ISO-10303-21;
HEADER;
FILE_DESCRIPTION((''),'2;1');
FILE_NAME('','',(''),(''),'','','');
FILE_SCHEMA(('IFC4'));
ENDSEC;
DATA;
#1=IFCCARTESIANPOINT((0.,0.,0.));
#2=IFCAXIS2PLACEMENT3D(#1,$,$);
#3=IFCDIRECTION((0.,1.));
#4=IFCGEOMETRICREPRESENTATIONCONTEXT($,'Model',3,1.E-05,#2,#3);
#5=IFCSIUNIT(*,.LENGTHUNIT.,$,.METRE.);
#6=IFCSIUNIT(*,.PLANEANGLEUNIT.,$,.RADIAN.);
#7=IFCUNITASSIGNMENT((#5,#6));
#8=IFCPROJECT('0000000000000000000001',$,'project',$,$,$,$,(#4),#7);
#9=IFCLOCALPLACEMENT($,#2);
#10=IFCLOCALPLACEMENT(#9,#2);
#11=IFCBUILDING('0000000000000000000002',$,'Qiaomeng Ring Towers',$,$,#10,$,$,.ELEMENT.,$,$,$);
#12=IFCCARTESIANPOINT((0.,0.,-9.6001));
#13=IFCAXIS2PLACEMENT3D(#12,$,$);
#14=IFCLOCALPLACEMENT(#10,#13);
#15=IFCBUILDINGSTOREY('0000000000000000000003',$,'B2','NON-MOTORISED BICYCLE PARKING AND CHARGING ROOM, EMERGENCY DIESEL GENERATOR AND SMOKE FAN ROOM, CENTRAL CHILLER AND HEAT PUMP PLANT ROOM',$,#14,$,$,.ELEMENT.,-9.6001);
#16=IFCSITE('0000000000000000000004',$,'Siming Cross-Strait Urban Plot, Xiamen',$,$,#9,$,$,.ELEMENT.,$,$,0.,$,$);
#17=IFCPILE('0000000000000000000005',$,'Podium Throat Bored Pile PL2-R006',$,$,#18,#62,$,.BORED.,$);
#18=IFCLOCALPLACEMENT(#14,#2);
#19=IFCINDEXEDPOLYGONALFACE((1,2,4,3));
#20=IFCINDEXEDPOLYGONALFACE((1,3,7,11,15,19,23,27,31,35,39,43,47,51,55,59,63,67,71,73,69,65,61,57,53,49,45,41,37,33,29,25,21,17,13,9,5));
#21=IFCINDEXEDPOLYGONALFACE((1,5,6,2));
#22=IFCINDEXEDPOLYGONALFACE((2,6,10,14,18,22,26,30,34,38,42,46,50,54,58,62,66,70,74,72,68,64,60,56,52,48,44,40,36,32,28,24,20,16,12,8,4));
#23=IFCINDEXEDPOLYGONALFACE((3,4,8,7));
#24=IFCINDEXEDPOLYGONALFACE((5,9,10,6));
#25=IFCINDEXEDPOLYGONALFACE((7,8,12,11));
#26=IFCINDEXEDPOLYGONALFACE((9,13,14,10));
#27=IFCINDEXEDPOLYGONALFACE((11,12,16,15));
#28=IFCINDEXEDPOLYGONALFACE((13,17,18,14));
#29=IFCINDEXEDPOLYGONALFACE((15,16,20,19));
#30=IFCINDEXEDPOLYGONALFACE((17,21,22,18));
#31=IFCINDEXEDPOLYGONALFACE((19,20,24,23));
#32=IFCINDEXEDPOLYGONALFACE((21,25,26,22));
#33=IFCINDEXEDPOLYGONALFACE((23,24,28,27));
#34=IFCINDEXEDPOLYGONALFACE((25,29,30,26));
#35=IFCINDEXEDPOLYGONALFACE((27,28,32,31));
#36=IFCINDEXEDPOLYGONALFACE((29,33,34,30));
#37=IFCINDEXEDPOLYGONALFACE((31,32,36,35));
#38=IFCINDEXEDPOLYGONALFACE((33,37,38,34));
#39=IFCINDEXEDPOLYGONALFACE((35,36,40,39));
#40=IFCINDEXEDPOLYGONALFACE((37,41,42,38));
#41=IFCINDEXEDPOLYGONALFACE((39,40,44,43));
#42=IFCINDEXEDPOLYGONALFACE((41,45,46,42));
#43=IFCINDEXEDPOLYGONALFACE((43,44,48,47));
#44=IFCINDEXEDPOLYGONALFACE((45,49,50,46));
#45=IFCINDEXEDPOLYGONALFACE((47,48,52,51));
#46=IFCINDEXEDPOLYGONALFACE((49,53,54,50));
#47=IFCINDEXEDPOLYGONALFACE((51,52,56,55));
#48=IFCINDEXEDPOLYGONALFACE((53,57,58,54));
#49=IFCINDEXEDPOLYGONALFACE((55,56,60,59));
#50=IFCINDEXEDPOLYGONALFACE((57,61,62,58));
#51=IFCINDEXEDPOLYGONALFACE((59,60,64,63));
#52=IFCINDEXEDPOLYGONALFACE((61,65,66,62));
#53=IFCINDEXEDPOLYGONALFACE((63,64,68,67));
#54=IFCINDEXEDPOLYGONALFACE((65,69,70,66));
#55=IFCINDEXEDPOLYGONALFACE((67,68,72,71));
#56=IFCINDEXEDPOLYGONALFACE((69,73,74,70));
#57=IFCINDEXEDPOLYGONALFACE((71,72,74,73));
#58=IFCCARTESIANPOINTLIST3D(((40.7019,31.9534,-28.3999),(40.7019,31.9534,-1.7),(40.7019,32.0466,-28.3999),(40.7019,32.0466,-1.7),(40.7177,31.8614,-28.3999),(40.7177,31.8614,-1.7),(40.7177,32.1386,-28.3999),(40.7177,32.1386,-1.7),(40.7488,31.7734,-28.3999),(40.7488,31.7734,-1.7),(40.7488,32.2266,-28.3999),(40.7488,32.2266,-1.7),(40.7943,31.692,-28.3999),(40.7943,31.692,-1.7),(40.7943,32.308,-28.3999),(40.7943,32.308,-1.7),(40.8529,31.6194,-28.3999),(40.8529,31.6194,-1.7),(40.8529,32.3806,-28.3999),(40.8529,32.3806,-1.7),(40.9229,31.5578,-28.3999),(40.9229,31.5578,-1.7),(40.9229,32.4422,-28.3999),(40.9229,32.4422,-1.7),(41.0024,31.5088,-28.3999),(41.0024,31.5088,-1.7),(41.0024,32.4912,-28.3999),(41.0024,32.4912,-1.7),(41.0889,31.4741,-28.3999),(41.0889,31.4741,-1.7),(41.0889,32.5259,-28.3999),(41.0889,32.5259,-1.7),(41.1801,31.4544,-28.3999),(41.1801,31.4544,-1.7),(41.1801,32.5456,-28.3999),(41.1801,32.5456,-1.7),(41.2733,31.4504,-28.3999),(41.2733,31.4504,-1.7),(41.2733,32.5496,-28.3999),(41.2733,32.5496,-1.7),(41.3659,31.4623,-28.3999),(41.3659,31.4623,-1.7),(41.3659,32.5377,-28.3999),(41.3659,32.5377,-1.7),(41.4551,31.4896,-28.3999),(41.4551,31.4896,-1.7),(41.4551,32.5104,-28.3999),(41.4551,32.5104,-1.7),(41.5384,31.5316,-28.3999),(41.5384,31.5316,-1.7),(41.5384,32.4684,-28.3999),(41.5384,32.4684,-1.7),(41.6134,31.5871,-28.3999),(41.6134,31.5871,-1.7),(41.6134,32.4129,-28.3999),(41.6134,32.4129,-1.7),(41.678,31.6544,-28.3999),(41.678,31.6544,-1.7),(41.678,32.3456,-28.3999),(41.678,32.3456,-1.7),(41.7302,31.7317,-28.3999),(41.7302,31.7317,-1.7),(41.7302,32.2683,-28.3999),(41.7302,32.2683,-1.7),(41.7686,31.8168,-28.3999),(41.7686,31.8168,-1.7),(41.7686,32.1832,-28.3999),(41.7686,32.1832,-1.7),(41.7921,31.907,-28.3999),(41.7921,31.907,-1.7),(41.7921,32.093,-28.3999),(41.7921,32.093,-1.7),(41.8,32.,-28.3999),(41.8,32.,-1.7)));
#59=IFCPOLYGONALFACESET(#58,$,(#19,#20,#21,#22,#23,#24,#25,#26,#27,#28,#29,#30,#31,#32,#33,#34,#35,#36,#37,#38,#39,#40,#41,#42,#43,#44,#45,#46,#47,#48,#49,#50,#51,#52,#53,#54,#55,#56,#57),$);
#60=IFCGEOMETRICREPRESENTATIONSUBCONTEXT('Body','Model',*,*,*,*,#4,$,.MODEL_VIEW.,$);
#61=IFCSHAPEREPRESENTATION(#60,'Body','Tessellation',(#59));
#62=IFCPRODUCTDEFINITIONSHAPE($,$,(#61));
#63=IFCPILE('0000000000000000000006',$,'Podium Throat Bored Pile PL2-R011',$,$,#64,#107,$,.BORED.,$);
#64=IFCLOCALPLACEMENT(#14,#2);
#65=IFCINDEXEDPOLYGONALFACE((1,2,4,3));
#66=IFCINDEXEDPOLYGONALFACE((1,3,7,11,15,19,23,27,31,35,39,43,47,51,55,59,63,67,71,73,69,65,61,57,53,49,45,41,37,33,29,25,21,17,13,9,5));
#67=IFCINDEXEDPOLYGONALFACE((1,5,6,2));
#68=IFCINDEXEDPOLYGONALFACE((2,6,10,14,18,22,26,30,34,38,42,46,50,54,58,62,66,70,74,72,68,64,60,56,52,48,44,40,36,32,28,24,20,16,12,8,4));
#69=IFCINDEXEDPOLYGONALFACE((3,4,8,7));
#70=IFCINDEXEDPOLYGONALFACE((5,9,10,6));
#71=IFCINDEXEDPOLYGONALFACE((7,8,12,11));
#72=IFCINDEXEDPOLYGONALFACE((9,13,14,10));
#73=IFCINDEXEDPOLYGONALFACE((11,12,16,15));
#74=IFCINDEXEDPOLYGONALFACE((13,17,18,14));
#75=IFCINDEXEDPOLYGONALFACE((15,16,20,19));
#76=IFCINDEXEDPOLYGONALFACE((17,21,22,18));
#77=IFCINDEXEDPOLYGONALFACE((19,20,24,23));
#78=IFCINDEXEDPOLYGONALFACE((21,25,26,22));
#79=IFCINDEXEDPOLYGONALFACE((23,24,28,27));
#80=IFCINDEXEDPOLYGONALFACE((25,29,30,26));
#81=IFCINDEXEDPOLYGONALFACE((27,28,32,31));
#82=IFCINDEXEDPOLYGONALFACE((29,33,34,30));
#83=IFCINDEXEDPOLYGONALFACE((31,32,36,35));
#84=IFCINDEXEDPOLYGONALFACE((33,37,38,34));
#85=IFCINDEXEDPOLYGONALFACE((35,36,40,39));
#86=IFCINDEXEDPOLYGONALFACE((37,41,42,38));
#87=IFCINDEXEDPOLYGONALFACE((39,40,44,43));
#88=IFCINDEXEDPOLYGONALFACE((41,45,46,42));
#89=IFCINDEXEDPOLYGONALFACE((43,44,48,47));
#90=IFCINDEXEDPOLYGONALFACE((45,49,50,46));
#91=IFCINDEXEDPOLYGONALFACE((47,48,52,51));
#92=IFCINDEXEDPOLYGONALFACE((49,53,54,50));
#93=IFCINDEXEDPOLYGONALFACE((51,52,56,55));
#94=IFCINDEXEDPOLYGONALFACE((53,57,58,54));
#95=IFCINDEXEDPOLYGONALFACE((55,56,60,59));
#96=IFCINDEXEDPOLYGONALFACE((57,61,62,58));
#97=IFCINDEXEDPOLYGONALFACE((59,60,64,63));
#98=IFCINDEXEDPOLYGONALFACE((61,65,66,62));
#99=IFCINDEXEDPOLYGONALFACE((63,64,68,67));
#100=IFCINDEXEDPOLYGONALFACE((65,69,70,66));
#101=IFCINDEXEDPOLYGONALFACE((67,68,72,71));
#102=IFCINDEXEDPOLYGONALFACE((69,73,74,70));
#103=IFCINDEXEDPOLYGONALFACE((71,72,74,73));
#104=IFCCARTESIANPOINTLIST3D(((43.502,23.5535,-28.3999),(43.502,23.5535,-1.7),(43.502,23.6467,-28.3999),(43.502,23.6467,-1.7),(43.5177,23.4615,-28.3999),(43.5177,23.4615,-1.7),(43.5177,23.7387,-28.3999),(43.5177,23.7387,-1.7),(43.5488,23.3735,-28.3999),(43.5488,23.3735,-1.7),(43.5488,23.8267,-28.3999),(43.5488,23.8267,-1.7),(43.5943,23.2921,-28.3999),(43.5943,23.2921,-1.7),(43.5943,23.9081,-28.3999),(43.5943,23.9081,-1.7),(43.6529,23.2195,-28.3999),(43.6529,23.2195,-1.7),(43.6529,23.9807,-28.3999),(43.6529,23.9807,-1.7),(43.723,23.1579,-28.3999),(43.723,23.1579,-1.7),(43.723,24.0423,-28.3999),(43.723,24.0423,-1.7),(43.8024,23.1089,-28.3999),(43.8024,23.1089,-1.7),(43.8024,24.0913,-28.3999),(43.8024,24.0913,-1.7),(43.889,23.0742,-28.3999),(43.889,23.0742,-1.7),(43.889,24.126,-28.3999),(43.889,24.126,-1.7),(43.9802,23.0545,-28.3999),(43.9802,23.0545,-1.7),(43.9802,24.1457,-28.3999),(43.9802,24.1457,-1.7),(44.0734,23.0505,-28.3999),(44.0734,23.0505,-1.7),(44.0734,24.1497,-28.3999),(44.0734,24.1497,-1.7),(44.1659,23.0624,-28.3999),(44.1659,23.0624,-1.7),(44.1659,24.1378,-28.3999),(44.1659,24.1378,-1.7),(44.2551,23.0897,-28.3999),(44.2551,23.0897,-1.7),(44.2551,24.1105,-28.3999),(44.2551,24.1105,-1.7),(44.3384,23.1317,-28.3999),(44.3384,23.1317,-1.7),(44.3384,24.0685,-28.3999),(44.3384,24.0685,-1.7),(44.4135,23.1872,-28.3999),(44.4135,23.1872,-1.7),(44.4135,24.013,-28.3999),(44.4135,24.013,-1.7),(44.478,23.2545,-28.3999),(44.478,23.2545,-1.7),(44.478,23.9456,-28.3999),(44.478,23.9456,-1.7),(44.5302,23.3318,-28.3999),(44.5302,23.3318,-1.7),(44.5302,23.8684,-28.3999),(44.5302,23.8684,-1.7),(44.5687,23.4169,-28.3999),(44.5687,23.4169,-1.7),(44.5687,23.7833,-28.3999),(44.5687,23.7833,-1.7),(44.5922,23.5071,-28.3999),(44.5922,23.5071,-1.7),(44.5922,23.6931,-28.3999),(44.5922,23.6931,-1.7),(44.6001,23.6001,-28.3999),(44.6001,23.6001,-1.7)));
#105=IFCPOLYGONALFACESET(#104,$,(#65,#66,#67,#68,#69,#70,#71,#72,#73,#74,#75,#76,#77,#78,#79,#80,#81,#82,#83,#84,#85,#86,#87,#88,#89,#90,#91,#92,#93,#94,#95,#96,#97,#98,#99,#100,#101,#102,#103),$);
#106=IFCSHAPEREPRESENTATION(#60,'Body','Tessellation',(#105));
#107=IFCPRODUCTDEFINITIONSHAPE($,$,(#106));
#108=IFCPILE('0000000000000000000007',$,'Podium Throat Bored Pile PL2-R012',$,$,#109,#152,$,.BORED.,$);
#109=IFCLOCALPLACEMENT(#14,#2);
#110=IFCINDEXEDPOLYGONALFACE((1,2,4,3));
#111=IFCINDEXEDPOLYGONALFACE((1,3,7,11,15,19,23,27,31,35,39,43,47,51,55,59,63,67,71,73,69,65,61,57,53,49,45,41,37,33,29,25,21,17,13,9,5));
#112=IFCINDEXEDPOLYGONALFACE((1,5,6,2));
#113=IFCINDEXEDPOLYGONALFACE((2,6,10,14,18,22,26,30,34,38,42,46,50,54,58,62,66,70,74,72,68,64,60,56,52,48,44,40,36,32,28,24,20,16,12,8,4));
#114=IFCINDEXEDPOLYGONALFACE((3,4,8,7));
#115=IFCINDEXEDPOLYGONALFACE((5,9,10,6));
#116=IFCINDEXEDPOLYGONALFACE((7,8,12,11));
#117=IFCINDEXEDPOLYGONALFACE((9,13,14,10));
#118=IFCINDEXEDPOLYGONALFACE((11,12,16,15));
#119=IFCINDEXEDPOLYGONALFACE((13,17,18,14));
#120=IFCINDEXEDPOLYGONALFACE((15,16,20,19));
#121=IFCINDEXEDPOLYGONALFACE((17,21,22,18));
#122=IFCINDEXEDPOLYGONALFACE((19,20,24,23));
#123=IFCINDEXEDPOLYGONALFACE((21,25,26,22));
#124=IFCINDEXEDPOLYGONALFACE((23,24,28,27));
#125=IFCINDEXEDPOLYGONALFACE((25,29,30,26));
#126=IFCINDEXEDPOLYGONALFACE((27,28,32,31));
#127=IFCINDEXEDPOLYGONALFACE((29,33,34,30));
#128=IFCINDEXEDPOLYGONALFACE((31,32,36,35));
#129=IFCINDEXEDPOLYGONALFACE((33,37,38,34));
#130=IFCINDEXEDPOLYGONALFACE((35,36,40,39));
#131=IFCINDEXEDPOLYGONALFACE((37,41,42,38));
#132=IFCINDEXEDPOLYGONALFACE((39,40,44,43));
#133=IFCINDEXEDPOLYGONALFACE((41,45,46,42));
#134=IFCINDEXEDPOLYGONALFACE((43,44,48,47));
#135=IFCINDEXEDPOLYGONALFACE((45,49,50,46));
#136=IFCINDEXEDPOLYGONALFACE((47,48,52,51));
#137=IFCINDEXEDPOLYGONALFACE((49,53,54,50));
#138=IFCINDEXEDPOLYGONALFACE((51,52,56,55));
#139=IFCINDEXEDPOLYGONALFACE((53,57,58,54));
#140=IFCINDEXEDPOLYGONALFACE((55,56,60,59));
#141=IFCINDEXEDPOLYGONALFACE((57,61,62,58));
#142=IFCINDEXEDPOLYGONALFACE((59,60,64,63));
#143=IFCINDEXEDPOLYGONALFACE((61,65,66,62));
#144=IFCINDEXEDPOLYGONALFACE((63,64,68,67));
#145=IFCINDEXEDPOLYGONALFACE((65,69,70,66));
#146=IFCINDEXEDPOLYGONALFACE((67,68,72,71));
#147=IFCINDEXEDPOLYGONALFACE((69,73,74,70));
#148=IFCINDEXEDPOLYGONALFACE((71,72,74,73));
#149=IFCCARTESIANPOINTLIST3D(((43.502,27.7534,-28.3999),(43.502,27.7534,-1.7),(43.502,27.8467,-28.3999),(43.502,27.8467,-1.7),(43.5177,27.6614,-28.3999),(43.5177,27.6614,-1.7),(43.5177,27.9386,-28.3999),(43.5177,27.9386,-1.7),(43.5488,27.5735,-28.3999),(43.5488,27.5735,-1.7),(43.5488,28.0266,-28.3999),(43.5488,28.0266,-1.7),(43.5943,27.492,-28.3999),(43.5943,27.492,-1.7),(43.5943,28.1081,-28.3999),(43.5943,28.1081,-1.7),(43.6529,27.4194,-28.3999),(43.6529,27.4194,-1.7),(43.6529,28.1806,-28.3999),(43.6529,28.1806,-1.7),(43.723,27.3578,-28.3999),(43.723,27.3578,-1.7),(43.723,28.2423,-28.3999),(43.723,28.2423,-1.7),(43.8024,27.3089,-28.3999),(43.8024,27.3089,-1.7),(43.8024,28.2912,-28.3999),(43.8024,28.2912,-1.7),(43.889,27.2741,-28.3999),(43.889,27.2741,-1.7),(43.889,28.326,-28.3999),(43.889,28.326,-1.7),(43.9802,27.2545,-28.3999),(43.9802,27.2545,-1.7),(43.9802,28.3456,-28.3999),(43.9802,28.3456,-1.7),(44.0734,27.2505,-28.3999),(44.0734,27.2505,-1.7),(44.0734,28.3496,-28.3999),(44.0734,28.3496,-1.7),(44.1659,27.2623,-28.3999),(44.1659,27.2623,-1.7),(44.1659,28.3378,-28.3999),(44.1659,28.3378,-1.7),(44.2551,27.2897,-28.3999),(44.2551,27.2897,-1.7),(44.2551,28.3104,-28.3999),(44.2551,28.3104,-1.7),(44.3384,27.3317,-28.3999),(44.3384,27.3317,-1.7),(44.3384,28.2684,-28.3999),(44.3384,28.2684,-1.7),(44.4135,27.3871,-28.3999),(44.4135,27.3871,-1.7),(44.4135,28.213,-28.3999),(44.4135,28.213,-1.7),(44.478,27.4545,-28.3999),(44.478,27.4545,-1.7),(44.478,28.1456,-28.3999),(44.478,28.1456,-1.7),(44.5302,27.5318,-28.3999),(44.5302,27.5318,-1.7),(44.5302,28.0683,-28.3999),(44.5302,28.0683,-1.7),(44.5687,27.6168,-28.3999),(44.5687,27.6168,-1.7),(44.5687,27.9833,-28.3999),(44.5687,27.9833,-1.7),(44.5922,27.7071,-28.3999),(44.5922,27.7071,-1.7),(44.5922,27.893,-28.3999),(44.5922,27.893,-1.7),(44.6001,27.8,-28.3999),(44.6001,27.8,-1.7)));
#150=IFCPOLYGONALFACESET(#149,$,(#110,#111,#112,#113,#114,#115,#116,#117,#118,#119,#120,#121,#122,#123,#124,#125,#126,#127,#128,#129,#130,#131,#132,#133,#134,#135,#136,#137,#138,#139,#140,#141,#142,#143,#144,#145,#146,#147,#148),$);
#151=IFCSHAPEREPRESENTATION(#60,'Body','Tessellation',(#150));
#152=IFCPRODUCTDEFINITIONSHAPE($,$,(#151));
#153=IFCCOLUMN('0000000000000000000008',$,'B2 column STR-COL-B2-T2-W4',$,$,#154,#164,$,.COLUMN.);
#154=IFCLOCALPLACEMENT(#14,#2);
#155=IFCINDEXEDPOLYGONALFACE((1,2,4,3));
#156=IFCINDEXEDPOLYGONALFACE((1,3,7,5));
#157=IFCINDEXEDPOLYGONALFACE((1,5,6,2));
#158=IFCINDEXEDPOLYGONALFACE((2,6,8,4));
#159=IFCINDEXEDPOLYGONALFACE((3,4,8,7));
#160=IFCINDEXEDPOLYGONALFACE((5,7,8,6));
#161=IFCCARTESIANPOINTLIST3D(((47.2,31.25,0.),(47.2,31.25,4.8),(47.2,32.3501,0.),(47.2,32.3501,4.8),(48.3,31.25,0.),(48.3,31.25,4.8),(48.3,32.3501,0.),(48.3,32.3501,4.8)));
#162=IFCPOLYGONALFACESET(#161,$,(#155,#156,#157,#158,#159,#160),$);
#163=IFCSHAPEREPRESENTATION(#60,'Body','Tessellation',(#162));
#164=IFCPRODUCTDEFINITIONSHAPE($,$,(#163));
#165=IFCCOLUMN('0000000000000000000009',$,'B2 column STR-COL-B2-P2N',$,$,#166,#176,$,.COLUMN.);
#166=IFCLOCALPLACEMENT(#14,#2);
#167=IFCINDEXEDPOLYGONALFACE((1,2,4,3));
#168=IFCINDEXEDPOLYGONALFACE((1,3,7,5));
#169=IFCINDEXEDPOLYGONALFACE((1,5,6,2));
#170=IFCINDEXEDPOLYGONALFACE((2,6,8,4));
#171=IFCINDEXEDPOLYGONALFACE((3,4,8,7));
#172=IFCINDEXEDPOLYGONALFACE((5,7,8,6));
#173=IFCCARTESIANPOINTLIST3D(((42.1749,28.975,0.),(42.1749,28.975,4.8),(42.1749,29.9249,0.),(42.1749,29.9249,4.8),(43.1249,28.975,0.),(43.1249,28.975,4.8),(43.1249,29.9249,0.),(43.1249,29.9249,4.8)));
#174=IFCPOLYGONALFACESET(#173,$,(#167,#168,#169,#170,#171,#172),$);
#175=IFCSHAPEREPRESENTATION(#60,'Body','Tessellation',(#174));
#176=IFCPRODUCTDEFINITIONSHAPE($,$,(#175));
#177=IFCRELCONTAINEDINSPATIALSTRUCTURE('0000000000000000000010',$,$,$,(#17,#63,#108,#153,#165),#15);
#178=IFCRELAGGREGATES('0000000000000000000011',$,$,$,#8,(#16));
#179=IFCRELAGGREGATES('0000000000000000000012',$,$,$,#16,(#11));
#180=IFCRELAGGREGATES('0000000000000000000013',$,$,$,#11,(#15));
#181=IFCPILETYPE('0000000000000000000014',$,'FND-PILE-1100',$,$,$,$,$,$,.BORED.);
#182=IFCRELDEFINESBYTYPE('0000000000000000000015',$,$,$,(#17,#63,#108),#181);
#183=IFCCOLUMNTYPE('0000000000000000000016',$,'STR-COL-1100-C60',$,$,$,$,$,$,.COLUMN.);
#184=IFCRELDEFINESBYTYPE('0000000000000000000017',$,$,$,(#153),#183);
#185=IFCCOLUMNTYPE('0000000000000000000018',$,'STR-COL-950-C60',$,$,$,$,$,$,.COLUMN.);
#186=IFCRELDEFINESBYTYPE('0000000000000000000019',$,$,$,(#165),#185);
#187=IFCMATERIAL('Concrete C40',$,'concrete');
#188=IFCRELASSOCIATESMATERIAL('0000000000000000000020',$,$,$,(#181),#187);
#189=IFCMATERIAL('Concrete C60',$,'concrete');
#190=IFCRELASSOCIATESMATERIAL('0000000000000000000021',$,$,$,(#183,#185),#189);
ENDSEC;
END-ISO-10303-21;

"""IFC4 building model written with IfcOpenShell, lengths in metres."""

from ifc_helpers import new_model, si_unit, direction, frame, origin, origin_2d, place, context, subcontext, project, spatial, rectangle, circle, extrude, source, transform, mapped, material, material_profile, profile_set, type_object, element, save


model = new_model("IFC4")

# Units and contexts
model_context = context("Model", 3, precision=1e-05, world=origin(), true_north=direction((0.0, 1.0)))
body_context = subcontext(model_context, "Body", "Model", "MODEL_VIEW")
ifc_project = project(units=[si_unit("LENGTHUNIT", "METRE"), si_unit("PLANEANGLEUNIT", "RADIAN")], contexts=[model_context])

# Site, building, storey
site_placement = place(None, origin())
site = spatial("IfcSite", under=ifc_project, at=site_placement, Name="Siming Cross-Strait Urban Plot, Xiamen", CompositionType="ELEMENT", RefElevation=0.0)
building_placement = place(site_placement, origin())
building = spatial("IfcBuilding", under=site, at=building_placement, Name="Qiaomeng Ring Towers", CompositionType="ELEMENT")
storey_placement = place(building_placement, frame((0.0, 0.0, -9.6001)))
storey = spatial("IfcBuildingStorey", under=building, at=storey_placement, Name="B2", Description="NON-MOTORISED BICYCLE PARKING AND CHARGING ROOM, EMERGENCY DIESEL GENERATOR AND SMOKE FAN ROOM, CENTRAL CHILLER AND HEAT PUMP PLANT ROOM", CompositionType="ELEMENT", Elevation=-9.6001)

# Piles
ifc_material_1 = material(Name="Concrete C40", Category="concrete")
ifc_material_profile_1 = material_profile(ifc_material_1, circle(Radius=0.55, at=origin_2d()), Name="BORED PILE 1100")
ifc_profile_set_1 = profile_set([ifc_material_profile_1], Name="Concrete C40")
pile_type = type_object("IfcPileType", Name="FND-PILE-1100", PredefinedType="BORED", material=ifc_profile_set_1)
shared_shape_1 = source(origin(), body_context, "Body", "SweptSolid", [
    extrude(circle(Radius=0.55, at=origin_2d()), origin(), (0.0, 0.0, 1.0), 26.7),
])
for number, where, z_axis, x_axis, name in (
    (1, (41.25, 32.0, -1.7), (0.0, 0.0, -1.0), (1.0, 0.0, 0.0), "Podium Throat Bored Pile PL2-R006"),
    (2, (44.05, 23.6001, -1.7), (0.0, 0.0, -1.0), (1.0, 0.0, 0.0), "Podium Throat Bored Pile PL2-R011"),
    (3, (44.05, 27.8, -1.7), (0.0, 0.0, -1.0), (1.0, 0.0, 0.0), "Podium Throat Bored Pile PL2-R012"),
):
    element("IfcPile", number, at=place(storey_placement, frame(where, z_axis=z_axis, x_axis=x_axis)), inside=storey, type_object=pile_type, Name=name, PredefinedType="BORED", context=body_context, shape_type="MappedRepresentation", body=[
        mapped(shared_shape_1, transform((0.0, 0.0, 0.0), x_axis=(1.0, 0.0, 0.0), y_axis=(0.0, 1.0, 0.0), z_axis=(0.0, 0.0, 1.0), scale=1.0)),
    ])

# Columns
ifc_material_2 = material(Name="Concrete C60", Category="concrete")
ifc_material_profile_2 = material_profile(ifc_material_2, rectangle(XDim=1.1001, YDim=1.1001, at=origin_2d()), Name="RC COL 1100x1100")
ifc_profile_set_2 = profile_set([ifc_material_profile_2], Name="Concrete C60")
column_type_1 = type_object("IfcColumnType", Name="STR-COL-1100-C60", PredefinedType="COLUMN", material=ifc_profile_set_2)
shared_shape_2 = source(origin(), body_context, "Body", "SweptSolid", [
    extrude(rectangle(XDim=1.1001, YDim=1.1001, at=origin_2d()), origin(), (0.0, 0.0, 1.0), 4.8),
])
column_1_placement = place(storey_placement, frame((47.75, 31.8, 0.0), z_axis=(0.0, 0.0, 1.0), x_axis=(1.0, 0.0, 0.0)))
element("IfcColumn", 4, at=column_1_placement, inside=storey, type_object=column_type_1, Name="B2 column STR-COL-B2-T2-W4", PredefinedType="COLUMN", context=body_context, shape_type="MappedRepresentation", body=[
    mapped(shared_shape_2, transform((0.0, 0.0, 0.0), x_axis=(1.0, 0.0, 0.0), y_axis=(0.0, 1.0, 0.0), z_axis=(0.0, 0.0, 1.0), scale=1.0)),
])
ifc_material_profile_3 = material_profile(ifc_material_2, rectangle(XDim=0.95, YDim=0.95, at=origin_2d()), Name="RC COL 950x950")
ifc_profile_set_3 = profile_set([ifc_material_profile_3], Name="Concrete C60")
column_type_2 = type_object("IfcColumnType", Name="STR-COL-950-C60", PredefinedType="COLUMN", material=ifc_profile_set_3)
shared_shape_3 = source(origin(), body_context, "Body", "SweptSolid", [
    extrude(rectangle(XDim=0.95, YDim=0.95, at=origin_2d()), origin(), (0.0, 0.0, 1.0), 4.8),
])
column_2_placement = place(storey_placement, frame((42.6499, 29.45, 0.0), z_axis=(0.0, 0.0, 1.0), x_axis=(1.0, 0.0, 0.0)))
element("IfcColumn", 5, at=column_2_placement, inside=storey, type_object=column_type_2, Name="B2 column STR-COL-B2-P2N", PredefinedType="COLUMN", context=body_context, shape_type="MappedRepresentation", body=[
    mapped(shared_shape_3, transform((0.0, 0.0, 0.0), x_axis=(1.0, 0.0, 0.0), y_axis=(0.0, 1.0, 0.0), z_axis=(0.0, 0.0, 1.0), scale=1.0)),
])

save(model, "model.ifc")
